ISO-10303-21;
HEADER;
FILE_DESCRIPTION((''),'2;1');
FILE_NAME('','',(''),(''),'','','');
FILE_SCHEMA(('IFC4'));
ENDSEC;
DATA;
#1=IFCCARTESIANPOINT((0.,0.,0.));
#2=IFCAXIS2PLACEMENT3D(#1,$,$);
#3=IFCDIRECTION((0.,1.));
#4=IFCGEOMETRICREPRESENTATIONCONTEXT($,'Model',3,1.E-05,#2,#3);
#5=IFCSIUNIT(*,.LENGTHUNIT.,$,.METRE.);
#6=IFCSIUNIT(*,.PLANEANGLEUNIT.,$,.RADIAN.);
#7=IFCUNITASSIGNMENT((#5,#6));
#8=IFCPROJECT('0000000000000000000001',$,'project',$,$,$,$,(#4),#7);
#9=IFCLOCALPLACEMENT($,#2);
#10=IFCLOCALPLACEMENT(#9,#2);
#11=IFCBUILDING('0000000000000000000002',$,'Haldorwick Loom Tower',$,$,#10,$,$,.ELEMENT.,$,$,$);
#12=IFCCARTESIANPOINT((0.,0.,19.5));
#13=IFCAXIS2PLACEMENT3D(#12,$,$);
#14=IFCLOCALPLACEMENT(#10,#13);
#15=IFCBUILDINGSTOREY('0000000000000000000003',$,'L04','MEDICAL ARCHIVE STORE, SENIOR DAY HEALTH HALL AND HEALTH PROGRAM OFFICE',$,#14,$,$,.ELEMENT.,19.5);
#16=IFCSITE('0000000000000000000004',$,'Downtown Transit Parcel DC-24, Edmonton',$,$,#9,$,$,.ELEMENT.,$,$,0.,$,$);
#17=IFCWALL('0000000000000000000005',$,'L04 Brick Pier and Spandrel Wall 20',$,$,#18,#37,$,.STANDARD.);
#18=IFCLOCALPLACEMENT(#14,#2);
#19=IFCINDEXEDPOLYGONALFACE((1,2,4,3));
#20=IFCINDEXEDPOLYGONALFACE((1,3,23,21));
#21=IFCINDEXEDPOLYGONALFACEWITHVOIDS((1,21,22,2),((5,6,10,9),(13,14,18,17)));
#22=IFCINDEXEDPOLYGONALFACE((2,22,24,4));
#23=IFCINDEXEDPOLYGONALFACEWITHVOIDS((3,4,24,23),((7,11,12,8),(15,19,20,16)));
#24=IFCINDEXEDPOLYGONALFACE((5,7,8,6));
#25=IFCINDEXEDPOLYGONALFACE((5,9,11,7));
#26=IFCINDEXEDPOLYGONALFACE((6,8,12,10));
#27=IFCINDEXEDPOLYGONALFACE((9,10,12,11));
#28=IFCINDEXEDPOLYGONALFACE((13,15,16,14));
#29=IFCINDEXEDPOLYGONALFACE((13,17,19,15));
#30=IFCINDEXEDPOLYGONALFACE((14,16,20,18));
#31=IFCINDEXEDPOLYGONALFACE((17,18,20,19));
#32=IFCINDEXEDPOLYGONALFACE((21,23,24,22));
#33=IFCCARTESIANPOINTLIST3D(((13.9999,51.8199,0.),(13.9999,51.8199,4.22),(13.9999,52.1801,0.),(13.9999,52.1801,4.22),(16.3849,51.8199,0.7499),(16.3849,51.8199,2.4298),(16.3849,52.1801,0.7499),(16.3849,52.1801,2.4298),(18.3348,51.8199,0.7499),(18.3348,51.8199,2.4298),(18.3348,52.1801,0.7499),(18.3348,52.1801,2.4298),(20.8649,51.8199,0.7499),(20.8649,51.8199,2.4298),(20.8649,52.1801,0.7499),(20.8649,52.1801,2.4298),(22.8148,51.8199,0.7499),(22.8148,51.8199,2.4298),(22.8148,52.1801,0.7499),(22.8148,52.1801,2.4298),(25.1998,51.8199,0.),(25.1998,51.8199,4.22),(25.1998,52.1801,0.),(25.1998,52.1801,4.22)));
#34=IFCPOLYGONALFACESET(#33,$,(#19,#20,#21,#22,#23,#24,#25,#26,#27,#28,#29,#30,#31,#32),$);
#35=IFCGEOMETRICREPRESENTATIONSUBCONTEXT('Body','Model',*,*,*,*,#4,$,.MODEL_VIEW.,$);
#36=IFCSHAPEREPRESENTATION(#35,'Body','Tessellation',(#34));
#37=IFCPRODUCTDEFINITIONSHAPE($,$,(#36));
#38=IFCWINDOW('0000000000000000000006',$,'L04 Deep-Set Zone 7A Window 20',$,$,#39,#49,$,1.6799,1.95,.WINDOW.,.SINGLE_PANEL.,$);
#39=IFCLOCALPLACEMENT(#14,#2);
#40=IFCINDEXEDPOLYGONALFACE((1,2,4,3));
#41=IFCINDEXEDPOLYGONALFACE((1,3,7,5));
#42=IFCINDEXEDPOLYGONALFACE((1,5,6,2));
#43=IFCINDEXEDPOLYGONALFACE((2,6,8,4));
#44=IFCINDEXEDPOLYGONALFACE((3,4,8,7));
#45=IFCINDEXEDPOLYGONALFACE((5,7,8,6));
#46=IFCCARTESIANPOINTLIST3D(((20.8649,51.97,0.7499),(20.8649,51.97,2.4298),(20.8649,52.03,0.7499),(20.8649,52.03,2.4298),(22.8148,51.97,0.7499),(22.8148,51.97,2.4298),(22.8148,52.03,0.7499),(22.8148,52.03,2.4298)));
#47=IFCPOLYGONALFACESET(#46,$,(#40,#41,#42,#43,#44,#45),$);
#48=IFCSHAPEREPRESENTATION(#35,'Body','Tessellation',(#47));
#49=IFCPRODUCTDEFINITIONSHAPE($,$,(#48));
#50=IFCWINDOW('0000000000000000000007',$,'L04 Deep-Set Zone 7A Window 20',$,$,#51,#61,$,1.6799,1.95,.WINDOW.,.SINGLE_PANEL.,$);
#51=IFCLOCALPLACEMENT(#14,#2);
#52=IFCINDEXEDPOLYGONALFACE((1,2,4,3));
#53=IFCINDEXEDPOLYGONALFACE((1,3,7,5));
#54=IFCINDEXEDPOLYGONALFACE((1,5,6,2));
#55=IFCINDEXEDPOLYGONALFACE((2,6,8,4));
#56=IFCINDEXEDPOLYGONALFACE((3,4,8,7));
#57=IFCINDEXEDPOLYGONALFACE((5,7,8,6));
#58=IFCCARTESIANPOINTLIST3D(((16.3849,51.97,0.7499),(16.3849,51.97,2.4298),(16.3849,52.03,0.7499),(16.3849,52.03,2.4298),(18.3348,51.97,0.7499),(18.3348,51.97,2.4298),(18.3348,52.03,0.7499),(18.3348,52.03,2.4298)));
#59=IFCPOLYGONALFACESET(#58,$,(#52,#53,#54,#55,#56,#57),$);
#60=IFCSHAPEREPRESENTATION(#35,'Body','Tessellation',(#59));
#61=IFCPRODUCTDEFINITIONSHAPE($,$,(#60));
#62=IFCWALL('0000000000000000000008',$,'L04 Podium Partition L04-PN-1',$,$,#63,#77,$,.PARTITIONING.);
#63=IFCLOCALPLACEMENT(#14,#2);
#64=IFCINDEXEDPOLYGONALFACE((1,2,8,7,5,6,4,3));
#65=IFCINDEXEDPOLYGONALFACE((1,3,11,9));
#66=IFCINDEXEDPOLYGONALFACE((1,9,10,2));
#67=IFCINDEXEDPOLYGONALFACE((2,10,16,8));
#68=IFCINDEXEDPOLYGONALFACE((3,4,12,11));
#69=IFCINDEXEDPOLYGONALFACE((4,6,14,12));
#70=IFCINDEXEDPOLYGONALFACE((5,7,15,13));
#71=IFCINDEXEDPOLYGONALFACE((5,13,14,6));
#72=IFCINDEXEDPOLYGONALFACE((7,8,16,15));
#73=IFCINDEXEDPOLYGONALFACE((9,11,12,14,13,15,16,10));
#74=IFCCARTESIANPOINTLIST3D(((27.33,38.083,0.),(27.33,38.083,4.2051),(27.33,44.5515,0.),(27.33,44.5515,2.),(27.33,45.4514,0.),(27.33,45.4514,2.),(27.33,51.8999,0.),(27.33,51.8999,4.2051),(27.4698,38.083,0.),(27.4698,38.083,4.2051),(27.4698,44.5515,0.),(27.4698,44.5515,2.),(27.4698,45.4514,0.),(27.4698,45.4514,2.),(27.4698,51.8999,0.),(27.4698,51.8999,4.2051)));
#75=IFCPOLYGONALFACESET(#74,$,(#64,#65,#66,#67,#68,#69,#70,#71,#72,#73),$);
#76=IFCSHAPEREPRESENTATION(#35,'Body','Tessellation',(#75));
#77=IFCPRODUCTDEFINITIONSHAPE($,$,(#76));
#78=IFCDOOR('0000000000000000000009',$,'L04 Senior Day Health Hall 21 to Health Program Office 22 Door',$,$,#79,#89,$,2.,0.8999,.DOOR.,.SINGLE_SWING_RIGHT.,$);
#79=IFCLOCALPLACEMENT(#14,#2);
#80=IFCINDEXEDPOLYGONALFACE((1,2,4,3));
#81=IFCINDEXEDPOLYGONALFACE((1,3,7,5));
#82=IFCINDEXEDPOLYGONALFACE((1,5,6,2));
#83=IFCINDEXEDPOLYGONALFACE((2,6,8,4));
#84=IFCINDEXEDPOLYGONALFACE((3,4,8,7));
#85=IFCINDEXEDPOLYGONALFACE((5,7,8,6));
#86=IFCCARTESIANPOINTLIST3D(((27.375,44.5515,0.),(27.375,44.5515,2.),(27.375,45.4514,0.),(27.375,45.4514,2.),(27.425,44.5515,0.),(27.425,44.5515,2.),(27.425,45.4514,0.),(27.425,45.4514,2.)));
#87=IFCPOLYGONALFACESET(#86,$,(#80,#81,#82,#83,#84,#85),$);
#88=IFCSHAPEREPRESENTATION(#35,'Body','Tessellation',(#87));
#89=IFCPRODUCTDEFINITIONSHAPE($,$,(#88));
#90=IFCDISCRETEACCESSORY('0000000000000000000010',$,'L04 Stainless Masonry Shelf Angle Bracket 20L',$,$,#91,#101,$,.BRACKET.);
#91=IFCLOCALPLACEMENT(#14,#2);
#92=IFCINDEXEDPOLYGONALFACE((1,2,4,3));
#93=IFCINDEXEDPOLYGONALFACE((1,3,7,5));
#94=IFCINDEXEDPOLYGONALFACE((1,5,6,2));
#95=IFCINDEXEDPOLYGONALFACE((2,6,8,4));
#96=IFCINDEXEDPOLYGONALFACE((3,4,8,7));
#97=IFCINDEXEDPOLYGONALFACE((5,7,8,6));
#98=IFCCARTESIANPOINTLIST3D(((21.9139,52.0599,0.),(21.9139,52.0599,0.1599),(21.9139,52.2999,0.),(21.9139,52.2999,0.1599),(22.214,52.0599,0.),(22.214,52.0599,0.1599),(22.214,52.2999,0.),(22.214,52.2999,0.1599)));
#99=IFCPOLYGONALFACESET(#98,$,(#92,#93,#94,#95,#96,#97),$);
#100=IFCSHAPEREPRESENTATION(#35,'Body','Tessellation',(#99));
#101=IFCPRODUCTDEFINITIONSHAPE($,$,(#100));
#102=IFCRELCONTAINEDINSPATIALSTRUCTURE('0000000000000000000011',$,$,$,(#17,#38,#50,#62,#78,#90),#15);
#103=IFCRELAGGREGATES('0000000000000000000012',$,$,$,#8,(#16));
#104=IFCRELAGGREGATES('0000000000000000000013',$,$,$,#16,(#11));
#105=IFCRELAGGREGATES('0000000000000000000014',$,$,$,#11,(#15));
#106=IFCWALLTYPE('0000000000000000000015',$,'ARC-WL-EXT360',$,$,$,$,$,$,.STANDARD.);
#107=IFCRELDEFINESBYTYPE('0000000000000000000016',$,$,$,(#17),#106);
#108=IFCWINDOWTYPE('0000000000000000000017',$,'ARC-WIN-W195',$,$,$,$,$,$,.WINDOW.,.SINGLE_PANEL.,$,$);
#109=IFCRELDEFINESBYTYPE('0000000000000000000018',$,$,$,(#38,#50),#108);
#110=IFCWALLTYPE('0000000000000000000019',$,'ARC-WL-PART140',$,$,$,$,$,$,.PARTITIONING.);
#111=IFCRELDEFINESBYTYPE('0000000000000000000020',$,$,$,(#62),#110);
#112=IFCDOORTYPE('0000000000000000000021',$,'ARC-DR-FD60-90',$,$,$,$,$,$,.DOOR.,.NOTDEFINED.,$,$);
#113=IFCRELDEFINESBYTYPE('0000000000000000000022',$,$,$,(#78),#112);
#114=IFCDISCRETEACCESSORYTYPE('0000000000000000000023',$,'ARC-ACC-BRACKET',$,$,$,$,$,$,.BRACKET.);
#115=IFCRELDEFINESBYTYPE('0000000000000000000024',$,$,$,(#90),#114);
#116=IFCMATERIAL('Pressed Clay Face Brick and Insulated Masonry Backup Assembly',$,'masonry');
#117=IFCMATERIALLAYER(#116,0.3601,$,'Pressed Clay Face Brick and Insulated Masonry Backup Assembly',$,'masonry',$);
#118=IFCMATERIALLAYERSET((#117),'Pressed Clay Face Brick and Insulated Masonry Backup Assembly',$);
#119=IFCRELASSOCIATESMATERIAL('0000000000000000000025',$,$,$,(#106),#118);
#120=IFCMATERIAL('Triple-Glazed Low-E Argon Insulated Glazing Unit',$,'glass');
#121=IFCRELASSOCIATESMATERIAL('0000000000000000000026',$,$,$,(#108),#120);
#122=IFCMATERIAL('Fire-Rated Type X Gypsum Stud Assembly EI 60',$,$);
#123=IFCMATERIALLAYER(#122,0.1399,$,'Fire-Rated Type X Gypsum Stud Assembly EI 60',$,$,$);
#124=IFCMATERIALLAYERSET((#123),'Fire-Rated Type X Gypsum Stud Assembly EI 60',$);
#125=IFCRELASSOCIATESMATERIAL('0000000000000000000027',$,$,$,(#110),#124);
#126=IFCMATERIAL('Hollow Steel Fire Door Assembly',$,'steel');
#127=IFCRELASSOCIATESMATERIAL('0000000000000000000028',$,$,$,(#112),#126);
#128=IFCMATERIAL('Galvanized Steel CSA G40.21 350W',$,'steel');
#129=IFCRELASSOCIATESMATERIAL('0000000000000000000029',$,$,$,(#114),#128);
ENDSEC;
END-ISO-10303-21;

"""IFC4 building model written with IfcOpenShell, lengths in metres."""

from ifc_helpers import new_model, si_unit, direction, frame, frame_2d, origin, origin_2d, place, context, subcontext, project, spatial, rectangle, extrude, material, layer, layer_set, type_object, element, fill, save


model = new_model("IFC4")

# Units and contexts
model_context = context("Model", 3, precision=1e-05, world=origin(), true_north=direction((0.0, 1.0)))
body_context = subcontext(model_context, "Body", "Model", "MODEL_VIEW")
ifc_project = project(units=[si_unit("LENGTHUNIT", "METRE"), si_unit("PLANEANGLEUNIT", "RADIAN")], contexts=[model_context])

# Site, building, storey
site_placement = place(None, origin())
site = spatial("IfcSite", under=ifc_project, at=site_placement, Name="Downtown Transit Parcel DC-24, Edmonton", CompositionType="ELEMENT", RefElevation=0.0)
building_placement = place(site_placement, origin())
building = spatial("IfcBuilding", under=site, at=building_placement, Name="Haldorwick Loom Tower", CompositionType="ELEMENT")
storey_placement = place(building_placement, frame((0.0, 0.0, 19.5)))
storey = spatial("IfcBuildingStorey", under=building, at=storey_placement, Name="L04", Description="MEDICAL ARCHIVE STORE, SENIOR DAY HEALTH HALL AND HEALTH PROGRAM OFFICE", CompositionType="ELEMENT", Elevation=19.5)

# Shared definitions
ifc_material_1 = material(Name="Triple-Glazed Low-E Argon Insulated Glazing Unit", Category="glass")

# Wall, openings, windows
ifc_material_2 = material(Name="Pressed Clay Face Brick and Insulated Masonry Backup Assembly", Category="masonry")
ifc_layer_1 = layer(ifc_material_2, 0.3601, Name="Pressed Clay Face Brick and Insulated Masonry Backup Assembly", Category="masonry")
ifc_layer_set_1 = layer_set([ifc_layer_1], Name="Pressed Clay Face Brick and Insulated Masonry Backup Assembly")
wall_type_1 = type_object("IfcWallType", Name="ARC-WL-EXT360", PredefinedType="STANDARD", material=ifc_layer_set_1)
wall_1_placement = place(storey_placement, frame((25.2, 52.0, 0.0), z_axis=(0.0, 0.0, 1.0), x_axis=(-1.0, 0.0, 0.0)))
wall_1 = element("IfcWall", 1, at=wall_1_placement, inside=storey, type_object=wall_type_1, Name="L04 Brick Pier and Spandrel Wall 20", PredefinedType="STANDARD", context=body_context, shape_type="SweptSolid", body=[
    extrude(rectangle(XDim=11.2, YDim=0.3601, at=frame_2d((5.6001, 0.0))), origin(), (0.0, 0.0, 1.0), 4.22),
])
opening_1_placement = place(wall_1_placement, frame((2.385, 0.0, 0.75)))
opening_1 = element("IfcOpeningElement", 2, at=opening_1_placement, cuts=wall_1, PredefinedType="OPENING", context=body_context, shape_type="SweptSolid", body=[
    extrude(rectangle(XDim=1.95, YDim=1.6799, at=frame_2d((0.9751, 0.8398))), frame((0.0, 0.1899, 0.0), z_axis=(0.0, -1.0, 0.0), x_axis=(1.0, 0.0, 0.0)), (0.0, 0.0, 1.0), 0.3801),
])
opening_2_placement = place(wall_1_placement, frame((6.865, 0.0, 0.75)))
opening_2 = element("IfcOpeningElement", 3, at=opening_2_placement, cuts=wall_1, PredefinedType="OPENING", context=body_context, shape_type="SweptSolid", body=[
    extrude(rectangle(XDim=1.95, YDim=1.6799, at=frame_2d((0.9751, 0.8398))), frame((0.0, 0.1899, 0.0), z_axis=(0.0, -1.0, 0.0), x_axis=(1.0, 0.0, 0.0)), (0.0, 0.0, 1.0), 0.3801),
])
window_type = type_object("IfcWindowType", Name="ARC-WIN-W195", PartitioningType="SINGLE_PANEL", PredefinedType="WINDOW", material=ifc_material_1)
window_1_placement = place(opening_1_placement, origin())
window_1 = element("IfcWindow", 4, at=window_1_placement, inside=storey, type_object=window_type, Name="L04 Deep-Set Zone 7A Window 20", OverallHeight=1.6799, OverallWidth=1.95, PartitioningType="SINGLE_PANEL", PredefinedType="WINDOW", context=body_context, shape_type="SweptSolid", body=[
    extrude(rectangle(XDim=1.95, YDim=1.6799, at=frame_2d((0.9751, 0.8398))), frame((0.0, 0.03, 0.0), z_axis=(0.0, -1.0, 0.0), x_axis=(1.0, 0.0, 0.0)), (0.0, 0.0, 1.0), 0.0601),
])
fill(opening_1, window_1)
window_2_placement = place(opening_2_placement, origin())
window_2 = element("IfcWindow", 5, at=window_2_placement, inside=storey, type_object=window_type, Name="L04 Deep-Set Zone 7A Window 20", OverallHeight=1.6799, OverallWidth=1.95, PartitioningType="SINGLE_PANEL", PredefinedType="WINDOW", context=body_context, shape_type="SweptSolid", body=[
    extrude(rectangle(XDim=1.95, YDim=1.6799, at=frame_2d((0.9751, 0.8398))), frame((0.0, 0.03, 0.0), z_axis=(0.0, -1.0, 0.0), x_axis=(1.0, 0.0, 0.0)), (0.0, 0.0, 1.0), 0.0601),
])
fill(opening_2, window_2)

# Wall, opening, door
ifc_material_3 = material(Name="Fire-Rated Type X Gypsum Stud Assembly EI 60")
ifc_layer_2 = layer(ifc_material_3, 0.1399, Name="Fire-Rated Type X Gypsum Stud Assembly EI 60")
ifc_layer_set_2 = layer_set([ifc_layer_2], Name="Fire-Rated Type X Gypsum Stud Assembly EI 60")
wall_type_2 = type_object("IfcWallType", Name="ARC-WL-PART140", PredefinedType="PARTITIONING", material=ifc_layer_set_2)
wall_2_placement = place(storey_placement, frame((27.3999, 38.083, 0.0), z_axis=(0.0, 0.0, 1.0), x_axis=(0.0, 1.0, 0.0)))
wall_2 = element("IfcWall", 6, at=wall_2_placement, inside=storey, type_object=wall_type_2, Name="L04 Podium Partition L04-PN-1", PredefinedType="PARTITIONING", context=body_context, shape_type="SweptSolid", body=[
    extrude(rectangle(XDim=13.8169, YDim=0.1399, at=frame_2d((6.9084, 0.0))), origin(), (0.0, 0.0, 1.0), 4.2051),
])
opening_3_placement = place(wall_2_placement, frame((6.4685, 0.0, 0.0)))
opening_3 = element("IfcOpeningElement", 7, at=opening_3_placement, cuts=wall_2, PredefinedType="OPENING", context=body_context, shape_type="SweptSolid", body=[
    extrude(rectangle(XDim=0.8999, YDim=2.0, at=frame_2d((0.45, 1.0))), frame((0.0, 0.0798, 0.0), z_axis=(0.0, -1.0, 0.0), x_axis=(1.0, 0.0, 0.0)), (0.0, 0.0, 1.0), 0.1599),
])
ifc_material_4 = material(Name="Hollow Steel Fire Door Assembly", Category="steel")
door_type = type_object("IfcDoorType", Name="ARC-DR-FD60-90", OperationType="NOTDEFINED", PredefinedType="DOOR", material=ifc_material_4)
door_placement = place(opening_3_placement, origin())
door = element("IfcDoor", 8, at=door_placement, inside=storey, type_object=door_type, Name="L04 Senior Day Health Hall 21 to Health Program Office 22 Door", OperationType="SINGLE_SWING_RIGHT", OverallHeight=2.0, OverallWidth=0.8999, PredefinedType="DOOR", context=body_context, shape_type="SweptSolid", body=[
    extrude(rectangle(XDim=0.8999, YDim=2.0, at=frame_2d((0.45, 1.0))), frame((0.0, 0.0249, 0.0), z_axis=(0.0, -1.0, 0.0), x_axis=(1.0, 0.0, 0.0)), (0.0, 0.0, 1.0), 0.05),
])
fill(opening_3, door)

# Discrete accessory
ifc_material_5 = material(Name="Galvanized Steel CSA G40.21 350W", Category="steel")
discrete_accessory_type = type_object("IfcDiscreteAccessoryType", Name="ARC-ACC-BRACKET", PredefinedType="BRACKET", material=ifc_material_5)
discrete_accessory_placement = place(storey_placement, frame((22.064, 52.1799, 0.0), z_axis=(0.0, 0.0, 1.0), x_axis=(-1.0, 0.0, 0.0)))
element("IfcDiscreteAccessory", 9, at=discrete_accessory_placement, inside=storey, type_object=discrete_accessory_type, Name="L04 Stainless Masonry Shelf Angle Bracket 20L", PredefinedType="BRACKET", context=body_context, shape_type="SweptSolid", body=[
    extrude(rectangle(XDim=0.3, YDim=0.24, at=origin_2d()), origin(), (0.0, 0.0, 1.0), 0.1599),
])

save(model, "model.ifc")
